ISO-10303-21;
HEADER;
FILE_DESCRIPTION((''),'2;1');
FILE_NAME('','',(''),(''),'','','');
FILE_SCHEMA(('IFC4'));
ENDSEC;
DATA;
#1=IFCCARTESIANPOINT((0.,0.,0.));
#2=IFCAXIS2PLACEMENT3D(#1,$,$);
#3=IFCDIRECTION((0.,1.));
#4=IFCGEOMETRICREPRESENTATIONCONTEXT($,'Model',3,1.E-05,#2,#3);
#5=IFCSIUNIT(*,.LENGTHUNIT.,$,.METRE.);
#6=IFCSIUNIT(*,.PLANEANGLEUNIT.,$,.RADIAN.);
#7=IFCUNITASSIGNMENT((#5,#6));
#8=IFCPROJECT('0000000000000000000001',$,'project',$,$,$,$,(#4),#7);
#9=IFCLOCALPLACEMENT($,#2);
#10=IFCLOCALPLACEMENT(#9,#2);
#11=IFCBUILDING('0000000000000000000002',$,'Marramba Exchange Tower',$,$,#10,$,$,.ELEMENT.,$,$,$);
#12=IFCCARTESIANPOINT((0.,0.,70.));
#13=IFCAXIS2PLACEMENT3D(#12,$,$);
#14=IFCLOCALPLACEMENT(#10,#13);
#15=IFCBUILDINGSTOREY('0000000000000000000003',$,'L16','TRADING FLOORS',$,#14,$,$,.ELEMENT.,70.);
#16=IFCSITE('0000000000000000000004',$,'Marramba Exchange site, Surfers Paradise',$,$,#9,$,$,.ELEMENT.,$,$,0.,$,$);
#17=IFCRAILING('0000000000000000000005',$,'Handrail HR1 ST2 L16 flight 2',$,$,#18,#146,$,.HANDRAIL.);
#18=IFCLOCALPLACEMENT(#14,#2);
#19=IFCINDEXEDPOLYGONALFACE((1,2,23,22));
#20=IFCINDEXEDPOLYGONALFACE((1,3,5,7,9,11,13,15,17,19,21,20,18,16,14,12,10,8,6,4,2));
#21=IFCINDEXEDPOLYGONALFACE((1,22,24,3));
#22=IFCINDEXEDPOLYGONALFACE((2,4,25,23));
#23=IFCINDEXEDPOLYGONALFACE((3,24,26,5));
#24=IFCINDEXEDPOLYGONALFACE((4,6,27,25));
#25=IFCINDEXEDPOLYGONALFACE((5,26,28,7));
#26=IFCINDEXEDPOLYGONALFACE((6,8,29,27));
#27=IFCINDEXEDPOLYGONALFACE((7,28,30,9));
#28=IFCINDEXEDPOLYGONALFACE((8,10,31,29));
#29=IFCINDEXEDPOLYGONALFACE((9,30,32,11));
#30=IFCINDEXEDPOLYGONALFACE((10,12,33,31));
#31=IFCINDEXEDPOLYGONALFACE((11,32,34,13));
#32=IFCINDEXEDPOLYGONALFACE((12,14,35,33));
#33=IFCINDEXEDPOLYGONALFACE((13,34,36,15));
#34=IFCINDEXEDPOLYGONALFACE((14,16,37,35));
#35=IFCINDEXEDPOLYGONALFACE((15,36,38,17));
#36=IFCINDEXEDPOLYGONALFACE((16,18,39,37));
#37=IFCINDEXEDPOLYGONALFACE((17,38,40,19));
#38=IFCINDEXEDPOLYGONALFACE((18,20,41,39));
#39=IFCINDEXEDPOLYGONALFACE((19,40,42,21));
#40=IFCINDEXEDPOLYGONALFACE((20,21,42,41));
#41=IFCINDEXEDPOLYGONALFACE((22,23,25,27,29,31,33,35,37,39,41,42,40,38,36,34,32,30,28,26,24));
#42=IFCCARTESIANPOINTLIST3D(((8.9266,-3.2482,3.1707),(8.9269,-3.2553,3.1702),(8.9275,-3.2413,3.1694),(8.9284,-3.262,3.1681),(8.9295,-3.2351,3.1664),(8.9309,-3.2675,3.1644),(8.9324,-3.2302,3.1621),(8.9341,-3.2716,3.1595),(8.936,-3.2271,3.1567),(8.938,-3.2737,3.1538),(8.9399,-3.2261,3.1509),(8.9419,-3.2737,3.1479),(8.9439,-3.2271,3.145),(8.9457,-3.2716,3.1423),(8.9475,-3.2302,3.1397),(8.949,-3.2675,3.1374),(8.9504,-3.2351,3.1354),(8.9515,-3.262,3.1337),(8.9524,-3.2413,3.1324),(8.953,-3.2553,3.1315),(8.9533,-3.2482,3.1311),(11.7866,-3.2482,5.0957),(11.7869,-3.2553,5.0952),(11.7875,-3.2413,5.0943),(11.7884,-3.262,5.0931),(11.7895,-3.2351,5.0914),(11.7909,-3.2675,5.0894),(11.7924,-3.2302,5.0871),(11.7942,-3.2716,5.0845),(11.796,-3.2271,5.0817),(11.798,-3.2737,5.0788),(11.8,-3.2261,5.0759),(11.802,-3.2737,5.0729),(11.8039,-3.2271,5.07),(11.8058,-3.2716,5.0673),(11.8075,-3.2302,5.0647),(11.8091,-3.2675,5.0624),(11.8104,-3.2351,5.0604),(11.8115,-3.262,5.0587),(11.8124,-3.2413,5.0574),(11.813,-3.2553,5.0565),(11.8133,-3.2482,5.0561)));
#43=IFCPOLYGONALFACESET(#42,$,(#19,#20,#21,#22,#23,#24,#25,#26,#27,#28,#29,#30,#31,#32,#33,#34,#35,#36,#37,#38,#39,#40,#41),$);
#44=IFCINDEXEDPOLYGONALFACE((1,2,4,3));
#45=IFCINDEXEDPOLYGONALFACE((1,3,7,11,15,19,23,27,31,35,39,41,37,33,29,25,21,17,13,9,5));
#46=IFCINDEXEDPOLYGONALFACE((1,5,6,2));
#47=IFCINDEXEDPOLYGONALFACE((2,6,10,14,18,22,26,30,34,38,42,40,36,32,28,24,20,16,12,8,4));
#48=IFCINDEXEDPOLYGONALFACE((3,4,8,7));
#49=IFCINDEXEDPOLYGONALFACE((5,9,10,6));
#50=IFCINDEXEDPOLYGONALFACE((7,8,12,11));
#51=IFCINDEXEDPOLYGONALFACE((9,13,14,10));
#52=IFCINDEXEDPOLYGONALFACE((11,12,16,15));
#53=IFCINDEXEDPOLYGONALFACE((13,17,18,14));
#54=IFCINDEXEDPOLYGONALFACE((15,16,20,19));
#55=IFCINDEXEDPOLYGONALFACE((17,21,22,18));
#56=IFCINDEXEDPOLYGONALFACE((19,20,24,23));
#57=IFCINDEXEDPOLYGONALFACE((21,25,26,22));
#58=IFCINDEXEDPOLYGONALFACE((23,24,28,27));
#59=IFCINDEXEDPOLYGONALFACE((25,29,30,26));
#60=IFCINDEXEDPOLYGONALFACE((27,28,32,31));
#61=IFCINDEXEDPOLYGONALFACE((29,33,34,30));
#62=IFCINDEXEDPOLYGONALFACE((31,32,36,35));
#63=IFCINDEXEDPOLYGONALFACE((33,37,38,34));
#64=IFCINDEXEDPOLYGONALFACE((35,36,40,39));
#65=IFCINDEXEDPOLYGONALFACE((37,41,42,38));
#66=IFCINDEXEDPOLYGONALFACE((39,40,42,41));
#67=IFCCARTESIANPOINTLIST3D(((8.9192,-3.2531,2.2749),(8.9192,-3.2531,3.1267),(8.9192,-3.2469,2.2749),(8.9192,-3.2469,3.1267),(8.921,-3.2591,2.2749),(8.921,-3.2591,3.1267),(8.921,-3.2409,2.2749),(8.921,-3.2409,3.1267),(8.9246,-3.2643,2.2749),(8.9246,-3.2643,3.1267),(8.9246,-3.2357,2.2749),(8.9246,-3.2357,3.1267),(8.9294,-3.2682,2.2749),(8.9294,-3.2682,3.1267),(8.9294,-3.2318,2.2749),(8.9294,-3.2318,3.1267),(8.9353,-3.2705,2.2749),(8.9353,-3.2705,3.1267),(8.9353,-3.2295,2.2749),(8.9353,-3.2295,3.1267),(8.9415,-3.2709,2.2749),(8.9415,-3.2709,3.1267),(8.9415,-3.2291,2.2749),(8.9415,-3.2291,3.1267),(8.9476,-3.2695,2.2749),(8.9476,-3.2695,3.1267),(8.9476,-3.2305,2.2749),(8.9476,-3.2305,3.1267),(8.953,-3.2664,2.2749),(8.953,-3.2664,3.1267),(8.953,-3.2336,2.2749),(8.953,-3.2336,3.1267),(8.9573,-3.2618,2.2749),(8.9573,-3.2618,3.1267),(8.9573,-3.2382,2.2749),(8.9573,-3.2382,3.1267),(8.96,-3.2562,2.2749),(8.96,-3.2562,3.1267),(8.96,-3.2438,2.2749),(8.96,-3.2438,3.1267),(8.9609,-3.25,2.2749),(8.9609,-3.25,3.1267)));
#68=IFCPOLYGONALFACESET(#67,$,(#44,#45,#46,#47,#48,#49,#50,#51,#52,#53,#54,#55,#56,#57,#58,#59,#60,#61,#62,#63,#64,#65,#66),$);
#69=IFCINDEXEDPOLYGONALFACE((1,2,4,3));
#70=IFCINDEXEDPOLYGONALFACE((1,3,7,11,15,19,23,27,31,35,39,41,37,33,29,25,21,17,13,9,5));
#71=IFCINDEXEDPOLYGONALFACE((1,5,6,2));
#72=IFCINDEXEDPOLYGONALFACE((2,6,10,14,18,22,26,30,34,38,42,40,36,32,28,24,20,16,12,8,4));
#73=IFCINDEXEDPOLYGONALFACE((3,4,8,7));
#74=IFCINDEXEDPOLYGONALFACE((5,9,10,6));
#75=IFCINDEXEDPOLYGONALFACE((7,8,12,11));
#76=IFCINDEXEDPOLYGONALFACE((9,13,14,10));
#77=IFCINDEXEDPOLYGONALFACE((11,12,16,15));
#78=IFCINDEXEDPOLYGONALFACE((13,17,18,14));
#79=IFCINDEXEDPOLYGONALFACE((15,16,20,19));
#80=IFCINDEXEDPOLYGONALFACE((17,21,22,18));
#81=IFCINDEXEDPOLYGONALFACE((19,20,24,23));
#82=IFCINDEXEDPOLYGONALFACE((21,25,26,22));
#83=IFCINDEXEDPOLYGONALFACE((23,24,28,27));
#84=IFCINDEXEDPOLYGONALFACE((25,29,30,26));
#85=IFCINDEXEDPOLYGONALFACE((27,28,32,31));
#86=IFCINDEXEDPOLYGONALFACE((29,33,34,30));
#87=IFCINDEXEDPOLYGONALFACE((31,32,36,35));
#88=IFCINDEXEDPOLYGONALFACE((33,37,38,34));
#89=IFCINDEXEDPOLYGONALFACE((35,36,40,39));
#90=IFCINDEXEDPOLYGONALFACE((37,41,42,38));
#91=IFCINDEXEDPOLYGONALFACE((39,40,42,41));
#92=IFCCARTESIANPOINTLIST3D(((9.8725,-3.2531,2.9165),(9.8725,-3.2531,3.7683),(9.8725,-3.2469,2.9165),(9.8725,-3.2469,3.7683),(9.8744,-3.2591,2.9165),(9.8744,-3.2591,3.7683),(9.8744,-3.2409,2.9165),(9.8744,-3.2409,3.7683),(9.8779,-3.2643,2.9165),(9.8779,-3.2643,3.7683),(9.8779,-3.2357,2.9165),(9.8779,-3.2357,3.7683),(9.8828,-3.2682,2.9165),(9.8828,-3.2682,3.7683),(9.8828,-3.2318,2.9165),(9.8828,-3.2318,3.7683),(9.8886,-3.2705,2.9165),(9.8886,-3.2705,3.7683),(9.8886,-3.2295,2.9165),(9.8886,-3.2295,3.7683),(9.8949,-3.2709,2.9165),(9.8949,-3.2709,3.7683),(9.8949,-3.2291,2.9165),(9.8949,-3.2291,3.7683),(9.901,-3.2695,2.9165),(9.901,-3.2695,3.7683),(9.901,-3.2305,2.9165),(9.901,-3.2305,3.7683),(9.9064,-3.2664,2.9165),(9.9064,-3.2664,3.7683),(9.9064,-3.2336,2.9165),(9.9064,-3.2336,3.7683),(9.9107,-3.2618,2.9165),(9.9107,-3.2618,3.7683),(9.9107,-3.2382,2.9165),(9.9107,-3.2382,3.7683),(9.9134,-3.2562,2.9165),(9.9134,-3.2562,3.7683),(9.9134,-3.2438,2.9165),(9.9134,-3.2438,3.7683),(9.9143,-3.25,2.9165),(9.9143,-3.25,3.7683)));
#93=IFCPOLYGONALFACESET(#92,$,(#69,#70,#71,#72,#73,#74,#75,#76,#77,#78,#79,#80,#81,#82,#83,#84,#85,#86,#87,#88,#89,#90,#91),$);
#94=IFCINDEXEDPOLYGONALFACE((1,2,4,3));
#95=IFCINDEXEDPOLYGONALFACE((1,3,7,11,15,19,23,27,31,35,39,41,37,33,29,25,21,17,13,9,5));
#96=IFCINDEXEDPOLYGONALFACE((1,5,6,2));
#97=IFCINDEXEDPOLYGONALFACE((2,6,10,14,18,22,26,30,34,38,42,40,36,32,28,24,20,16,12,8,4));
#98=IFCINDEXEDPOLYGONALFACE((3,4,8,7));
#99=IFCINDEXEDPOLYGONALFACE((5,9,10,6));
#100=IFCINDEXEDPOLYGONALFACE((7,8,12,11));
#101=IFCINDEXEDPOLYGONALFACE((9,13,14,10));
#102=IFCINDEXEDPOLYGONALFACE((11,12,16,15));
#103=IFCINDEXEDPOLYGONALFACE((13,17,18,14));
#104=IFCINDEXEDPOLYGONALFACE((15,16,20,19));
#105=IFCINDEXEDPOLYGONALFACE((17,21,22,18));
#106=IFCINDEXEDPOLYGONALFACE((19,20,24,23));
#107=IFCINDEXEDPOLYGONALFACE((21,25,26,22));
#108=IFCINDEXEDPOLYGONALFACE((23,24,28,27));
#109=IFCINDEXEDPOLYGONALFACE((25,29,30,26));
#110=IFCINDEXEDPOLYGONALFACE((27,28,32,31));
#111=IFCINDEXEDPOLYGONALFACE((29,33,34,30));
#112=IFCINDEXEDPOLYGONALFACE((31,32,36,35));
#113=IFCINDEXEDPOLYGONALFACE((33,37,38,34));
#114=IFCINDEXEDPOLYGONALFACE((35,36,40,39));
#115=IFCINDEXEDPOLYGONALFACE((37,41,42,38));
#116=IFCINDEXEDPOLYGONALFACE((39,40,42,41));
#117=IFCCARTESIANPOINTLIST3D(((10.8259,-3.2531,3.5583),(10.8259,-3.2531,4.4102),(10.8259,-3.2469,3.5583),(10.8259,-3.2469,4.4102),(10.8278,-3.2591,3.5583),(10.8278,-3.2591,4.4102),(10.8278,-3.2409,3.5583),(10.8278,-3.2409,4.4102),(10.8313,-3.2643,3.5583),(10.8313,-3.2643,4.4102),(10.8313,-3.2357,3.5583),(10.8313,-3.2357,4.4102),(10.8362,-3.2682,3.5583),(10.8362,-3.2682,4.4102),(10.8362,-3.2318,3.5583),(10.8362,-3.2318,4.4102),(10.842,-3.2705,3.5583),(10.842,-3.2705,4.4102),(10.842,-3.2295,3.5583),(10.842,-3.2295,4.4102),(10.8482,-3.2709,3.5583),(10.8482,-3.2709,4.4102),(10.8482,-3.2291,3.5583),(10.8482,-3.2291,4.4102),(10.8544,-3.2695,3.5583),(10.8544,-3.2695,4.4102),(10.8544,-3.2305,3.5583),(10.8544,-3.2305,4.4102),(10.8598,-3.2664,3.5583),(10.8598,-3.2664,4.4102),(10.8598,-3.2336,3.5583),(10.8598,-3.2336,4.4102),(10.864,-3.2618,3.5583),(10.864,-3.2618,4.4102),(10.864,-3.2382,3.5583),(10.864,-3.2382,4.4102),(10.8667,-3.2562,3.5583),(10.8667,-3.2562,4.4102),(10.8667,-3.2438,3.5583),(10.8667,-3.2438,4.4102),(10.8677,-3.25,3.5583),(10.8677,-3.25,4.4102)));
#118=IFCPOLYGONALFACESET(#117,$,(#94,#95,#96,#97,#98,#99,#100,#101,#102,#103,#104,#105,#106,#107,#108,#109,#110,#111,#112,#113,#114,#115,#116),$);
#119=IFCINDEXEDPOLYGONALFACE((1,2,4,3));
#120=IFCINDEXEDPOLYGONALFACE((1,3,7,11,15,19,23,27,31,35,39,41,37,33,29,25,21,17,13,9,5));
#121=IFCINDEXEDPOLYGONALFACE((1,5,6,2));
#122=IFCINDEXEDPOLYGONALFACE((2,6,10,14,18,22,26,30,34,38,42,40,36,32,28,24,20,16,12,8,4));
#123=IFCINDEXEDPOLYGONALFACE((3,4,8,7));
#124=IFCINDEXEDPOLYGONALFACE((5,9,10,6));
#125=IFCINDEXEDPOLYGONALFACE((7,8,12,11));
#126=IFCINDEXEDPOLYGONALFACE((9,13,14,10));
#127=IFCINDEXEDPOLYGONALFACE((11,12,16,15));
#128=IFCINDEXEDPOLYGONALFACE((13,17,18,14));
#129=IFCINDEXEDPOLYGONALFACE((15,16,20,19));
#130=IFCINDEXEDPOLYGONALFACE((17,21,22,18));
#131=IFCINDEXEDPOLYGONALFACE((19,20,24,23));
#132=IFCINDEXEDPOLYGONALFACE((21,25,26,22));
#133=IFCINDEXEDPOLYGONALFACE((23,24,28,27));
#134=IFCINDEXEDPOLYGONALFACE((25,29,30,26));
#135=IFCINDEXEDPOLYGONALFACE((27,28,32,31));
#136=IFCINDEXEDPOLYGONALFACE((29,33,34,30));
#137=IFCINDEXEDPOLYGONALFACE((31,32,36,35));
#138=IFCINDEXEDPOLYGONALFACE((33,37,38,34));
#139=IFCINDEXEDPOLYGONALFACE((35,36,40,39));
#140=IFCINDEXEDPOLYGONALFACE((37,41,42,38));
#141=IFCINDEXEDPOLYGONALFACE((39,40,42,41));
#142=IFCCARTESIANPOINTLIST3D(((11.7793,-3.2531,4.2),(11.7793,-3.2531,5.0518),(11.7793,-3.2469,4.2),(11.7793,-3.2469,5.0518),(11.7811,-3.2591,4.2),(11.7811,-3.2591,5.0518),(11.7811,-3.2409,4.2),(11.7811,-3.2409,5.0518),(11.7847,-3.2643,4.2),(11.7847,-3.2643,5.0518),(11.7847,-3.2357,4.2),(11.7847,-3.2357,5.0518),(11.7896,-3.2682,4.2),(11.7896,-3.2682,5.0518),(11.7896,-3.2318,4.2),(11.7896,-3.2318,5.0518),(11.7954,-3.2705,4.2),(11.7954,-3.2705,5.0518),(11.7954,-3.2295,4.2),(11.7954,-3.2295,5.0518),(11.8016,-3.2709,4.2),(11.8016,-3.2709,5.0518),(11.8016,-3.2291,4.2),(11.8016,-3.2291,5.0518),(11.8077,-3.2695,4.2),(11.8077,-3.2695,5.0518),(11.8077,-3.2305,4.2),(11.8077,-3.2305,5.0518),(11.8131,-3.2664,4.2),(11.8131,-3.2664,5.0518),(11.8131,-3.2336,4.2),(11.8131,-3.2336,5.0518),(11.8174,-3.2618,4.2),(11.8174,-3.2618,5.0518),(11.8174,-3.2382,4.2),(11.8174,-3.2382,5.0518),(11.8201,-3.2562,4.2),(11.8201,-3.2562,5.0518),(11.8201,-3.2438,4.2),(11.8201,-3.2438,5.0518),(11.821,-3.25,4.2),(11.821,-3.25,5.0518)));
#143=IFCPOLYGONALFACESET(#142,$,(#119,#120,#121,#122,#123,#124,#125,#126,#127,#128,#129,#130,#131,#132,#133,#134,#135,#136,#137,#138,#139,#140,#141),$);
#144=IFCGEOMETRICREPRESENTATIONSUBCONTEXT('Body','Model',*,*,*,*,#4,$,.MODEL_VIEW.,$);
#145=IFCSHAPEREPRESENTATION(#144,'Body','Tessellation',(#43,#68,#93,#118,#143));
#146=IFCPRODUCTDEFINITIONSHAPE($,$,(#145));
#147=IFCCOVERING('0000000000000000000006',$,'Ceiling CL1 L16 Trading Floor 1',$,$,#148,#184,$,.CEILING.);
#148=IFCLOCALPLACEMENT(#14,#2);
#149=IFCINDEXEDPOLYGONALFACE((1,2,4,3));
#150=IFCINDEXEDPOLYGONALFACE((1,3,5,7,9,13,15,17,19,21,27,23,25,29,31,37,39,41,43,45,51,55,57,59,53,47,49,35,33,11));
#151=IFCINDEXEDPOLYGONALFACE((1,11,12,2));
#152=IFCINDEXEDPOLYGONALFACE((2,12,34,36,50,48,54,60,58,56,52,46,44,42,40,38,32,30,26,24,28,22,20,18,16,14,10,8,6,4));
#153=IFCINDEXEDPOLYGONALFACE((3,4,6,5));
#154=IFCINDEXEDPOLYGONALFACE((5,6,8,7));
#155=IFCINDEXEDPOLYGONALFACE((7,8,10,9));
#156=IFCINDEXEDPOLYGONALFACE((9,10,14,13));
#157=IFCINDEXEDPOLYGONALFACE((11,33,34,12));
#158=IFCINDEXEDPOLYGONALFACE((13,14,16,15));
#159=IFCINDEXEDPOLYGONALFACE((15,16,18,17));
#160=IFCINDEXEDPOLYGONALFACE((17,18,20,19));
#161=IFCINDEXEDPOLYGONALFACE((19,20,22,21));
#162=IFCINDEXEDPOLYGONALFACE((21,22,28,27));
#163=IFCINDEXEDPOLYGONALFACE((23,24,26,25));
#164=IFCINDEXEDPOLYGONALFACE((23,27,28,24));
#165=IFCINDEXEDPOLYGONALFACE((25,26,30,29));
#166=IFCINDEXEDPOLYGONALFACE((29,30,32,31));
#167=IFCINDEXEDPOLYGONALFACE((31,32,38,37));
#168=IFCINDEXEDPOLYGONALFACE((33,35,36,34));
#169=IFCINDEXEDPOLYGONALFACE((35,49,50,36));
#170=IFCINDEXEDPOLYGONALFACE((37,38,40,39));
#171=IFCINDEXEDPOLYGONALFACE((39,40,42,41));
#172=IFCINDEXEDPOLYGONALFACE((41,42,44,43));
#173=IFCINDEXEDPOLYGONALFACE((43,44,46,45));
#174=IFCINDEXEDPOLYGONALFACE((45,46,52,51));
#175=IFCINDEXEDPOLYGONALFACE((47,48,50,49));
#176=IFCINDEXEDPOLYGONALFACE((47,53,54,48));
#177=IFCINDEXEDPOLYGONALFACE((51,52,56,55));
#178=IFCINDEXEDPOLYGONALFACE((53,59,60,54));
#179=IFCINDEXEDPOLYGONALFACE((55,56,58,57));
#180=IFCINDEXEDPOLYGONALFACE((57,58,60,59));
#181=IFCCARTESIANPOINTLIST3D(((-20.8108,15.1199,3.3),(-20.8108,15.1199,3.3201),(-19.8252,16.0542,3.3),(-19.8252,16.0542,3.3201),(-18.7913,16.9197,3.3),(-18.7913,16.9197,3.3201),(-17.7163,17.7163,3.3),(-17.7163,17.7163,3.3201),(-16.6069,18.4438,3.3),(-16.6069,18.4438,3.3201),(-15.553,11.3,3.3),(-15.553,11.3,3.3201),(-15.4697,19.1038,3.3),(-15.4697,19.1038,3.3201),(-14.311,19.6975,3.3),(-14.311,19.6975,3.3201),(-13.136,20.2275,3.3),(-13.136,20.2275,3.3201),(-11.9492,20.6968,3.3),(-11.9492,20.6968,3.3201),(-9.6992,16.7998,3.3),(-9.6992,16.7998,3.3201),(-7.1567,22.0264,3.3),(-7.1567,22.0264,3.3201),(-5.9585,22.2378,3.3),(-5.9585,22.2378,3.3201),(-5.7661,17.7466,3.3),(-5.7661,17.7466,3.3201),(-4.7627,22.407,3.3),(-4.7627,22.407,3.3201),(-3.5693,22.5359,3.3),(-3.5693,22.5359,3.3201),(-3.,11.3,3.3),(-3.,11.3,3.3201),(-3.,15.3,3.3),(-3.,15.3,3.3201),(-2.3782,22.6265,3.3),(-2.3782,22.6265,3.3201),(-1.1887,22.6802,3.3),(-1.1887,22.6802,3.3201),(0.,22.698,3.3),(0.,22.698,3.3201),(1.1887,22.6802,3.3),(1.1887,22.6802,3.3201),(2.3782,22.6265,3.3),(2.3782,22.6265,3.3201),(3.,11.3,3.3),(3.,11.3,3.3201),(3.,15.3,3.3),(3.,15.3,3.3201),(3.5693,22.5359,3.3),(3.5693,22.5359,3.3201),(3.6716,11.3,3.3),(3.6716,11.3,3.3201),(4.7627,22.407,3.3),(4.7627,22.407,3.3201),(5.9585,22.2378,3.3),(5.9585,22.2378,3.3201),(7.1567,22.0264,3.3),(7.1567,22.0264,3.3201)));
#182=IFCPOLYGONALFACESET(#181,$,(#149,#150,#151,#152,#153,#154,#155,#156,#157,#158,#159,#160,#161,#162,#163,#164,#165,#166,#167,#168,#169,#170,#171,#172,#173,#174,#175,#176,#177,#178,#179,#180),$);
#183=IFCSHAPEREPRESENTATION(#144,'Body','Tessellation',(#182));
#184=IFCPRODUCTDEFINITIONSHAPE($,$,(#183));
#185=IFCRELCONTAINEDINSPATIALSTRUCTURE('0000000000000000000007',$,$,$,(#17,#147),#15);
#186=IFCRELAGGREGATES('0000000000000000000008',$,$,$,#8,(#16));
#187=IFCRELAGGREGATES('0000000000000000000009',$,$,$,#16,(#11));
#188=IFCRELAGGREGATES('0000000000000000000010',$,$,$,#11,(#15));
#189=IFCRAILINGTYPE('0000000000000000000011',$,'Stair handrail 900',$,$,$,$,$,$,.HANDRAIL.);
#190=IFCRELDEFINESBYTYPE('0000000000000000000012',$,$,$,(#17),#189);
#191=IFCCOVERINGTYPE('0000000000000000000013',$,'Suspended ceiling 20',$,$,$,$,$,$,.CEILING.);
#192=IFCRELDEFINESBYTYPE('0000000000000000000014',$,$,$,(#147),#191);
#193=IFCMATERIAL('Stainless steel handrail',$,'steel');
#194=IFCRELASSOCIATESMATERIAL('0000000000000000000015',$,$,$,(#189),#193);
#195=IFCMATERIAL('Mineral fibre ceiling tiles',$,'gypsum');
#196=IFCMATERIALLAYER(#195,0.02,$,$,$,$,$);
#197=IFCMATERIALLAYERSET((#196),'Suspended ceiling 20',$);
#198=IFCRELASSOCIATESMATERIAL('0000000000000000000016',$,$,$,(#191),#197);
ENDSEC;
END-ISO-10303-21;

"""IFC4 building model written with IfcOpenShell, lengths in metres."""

from ifc_helpers import new_model, si_unit, direction, frame, origin, origin_2d, place, context, subcontext, project, spatial, polyline, circle, outline, extrude, material, layer, layer_set, type_object, element, save


model = new_model("IFC4")

# Units and contexts
model_context = context("Model", 3, precision=1e-05, world=origin(), true_north=direction((0.0, 1.0)))
body_context = subcontext(model_context, "Body", "Model", "MODEL_VIEW")
ifc_project = project(units=[si_unit("LENGTHUNIT", "METRE"), si_unit("PLANEANGLEUNIT", "RADIAN")], contexts=[model_context])

# Site, building, storey
site_placement = place(None, origin())
site = spatial("IfcSite", under=ifc_project, at=site_placement, Name="Marramba Exchange site, Surfers Paradise", CompositionType="ELEMENT", RefElevation=0.0)
building_placement = place(site_placement, origin())
building = spatial("IfcBuilding", under=site, at=building_placement, Name="Marramba Exchange Tower", CompositionType="ELEMENT")
storey_placement = place(building_placement, frame((0.0, 0.0, 70.0)))
storey = spatial("IfcBuildingStorey", under=building, at=storey_placement, Name="L16", Description="TRADING FLOORS", CompositionType="ELEMENT", Elevation=70.0)

# Railing
ifc_material_1 = material(Name="Stainless steel handrail", Category="steel")
railing_type = type_object("IfcRailingType", Name="Stair handrail 900", PredefinedType="HANDRAIL", material=ifc_material_1)
railing_placement = place(storey_placement, frame((8.9399, -3.25, 2.2749)))
element("IfcRailing", 1, at=railing_placement, inside=storey, type_object=railing_type, Name="Handrail HR1 ST2 L16 flight 2", PredefinedType="HANDRAIL", context=body_context, shape_type="SweptSolid", body=[
    extrude(circle(Radius=0.0239, at=origin_2d()), frame((0.0, 0.0, 0.876), z_axis=(0.829591, 0.0, 0.558372), x_axis=(0.0, 1.0, 0.0)), (0.0, 0.0, 1.0), 3.4475),
    extrude(circle(Radius=0.021, at=origin_2d()), origin(), (0.0, 0.0, 1.0), 0.8518),
    extrude(circle(Radius=0.021, at=origin_2d()), frame((0.9534, 0.0, 0.6416)), (0.0, 0.0, 1.0), 0.8518),
    extrude(circle(Radius=0.021, at=origin_2d()), frame((1.9067, 0.0, 1.2834)), (0.0, 0.0, 1.0), 0.8518),
    extrude(circle(Radius=0.021, at=origin_2d()), frame((2.8601, 0.0, 1.925)), (0.0, 0.0, 1.0), 0.8518),
])

# Covering
ifc_material_2 = material(Name="Mineral fibre ceiling tiles", Category="gypsum")
ifc_layer_1 = layer(ifc_material_2, 0.02)
ifc_layer_set_1 = layer_set([ifc_layer_1], Name="Suspended ceiling 20")
covering_type_1 = type_object("IfcCoveringType", Name="Suspended ceiling 20", PredefinedType="CEILING", material=ifc_layer_set_1)
covering_1_placement = place(storey_placement, frame((0.0, 0.0, 3.3)))
element("IfcCovering", 2, at=covering_1_placement, inside=storey, type_object=covering_type_1, Name="Ceiling CL1 L16 Trading Floor 1", PredefinedType="CEILING", context=body_context, shape_type="SweptSolid", body=[
    extrude(outline(polyline([(-20.8108, 15.1199), (-19.8252, 16.0542), (-18.7913, 16.9197), (-17.7163, 17.7163), (-16.6069, 18.4438), (-15.4697, 19.1038), (-14.311, 19.6975), (-13.136, 20.2275), (-11.9492, 20.6968), (-9.6992, 16.7998), (-5.7661, 17.7466), (-7.1567, 22.0264), (-5.9585, 22.2378), (-4.7627, 22.407), (-3.5693, 22.5359), (-2.3782, 22.6265), (-1.1887, 22.6802), (0.0, 22.698), (1.1887, 22.6802), (2.3782, 22.6265), (3.5693, 22.5359), (4.7627, 22.407), (5.9585, 22.2378), (7.1567, 22.0264), (3.6716, 11.3), (3.0, 11.3), (3.0, 15.3), (-3.0, 15.3), (-3.0, 11.3), (-15.553, 11.3), (-20.8108, 15.1199)])), origin(), (0.0, 0.0, 1.0), 0.02),
])

save(model, "model.ifc")
